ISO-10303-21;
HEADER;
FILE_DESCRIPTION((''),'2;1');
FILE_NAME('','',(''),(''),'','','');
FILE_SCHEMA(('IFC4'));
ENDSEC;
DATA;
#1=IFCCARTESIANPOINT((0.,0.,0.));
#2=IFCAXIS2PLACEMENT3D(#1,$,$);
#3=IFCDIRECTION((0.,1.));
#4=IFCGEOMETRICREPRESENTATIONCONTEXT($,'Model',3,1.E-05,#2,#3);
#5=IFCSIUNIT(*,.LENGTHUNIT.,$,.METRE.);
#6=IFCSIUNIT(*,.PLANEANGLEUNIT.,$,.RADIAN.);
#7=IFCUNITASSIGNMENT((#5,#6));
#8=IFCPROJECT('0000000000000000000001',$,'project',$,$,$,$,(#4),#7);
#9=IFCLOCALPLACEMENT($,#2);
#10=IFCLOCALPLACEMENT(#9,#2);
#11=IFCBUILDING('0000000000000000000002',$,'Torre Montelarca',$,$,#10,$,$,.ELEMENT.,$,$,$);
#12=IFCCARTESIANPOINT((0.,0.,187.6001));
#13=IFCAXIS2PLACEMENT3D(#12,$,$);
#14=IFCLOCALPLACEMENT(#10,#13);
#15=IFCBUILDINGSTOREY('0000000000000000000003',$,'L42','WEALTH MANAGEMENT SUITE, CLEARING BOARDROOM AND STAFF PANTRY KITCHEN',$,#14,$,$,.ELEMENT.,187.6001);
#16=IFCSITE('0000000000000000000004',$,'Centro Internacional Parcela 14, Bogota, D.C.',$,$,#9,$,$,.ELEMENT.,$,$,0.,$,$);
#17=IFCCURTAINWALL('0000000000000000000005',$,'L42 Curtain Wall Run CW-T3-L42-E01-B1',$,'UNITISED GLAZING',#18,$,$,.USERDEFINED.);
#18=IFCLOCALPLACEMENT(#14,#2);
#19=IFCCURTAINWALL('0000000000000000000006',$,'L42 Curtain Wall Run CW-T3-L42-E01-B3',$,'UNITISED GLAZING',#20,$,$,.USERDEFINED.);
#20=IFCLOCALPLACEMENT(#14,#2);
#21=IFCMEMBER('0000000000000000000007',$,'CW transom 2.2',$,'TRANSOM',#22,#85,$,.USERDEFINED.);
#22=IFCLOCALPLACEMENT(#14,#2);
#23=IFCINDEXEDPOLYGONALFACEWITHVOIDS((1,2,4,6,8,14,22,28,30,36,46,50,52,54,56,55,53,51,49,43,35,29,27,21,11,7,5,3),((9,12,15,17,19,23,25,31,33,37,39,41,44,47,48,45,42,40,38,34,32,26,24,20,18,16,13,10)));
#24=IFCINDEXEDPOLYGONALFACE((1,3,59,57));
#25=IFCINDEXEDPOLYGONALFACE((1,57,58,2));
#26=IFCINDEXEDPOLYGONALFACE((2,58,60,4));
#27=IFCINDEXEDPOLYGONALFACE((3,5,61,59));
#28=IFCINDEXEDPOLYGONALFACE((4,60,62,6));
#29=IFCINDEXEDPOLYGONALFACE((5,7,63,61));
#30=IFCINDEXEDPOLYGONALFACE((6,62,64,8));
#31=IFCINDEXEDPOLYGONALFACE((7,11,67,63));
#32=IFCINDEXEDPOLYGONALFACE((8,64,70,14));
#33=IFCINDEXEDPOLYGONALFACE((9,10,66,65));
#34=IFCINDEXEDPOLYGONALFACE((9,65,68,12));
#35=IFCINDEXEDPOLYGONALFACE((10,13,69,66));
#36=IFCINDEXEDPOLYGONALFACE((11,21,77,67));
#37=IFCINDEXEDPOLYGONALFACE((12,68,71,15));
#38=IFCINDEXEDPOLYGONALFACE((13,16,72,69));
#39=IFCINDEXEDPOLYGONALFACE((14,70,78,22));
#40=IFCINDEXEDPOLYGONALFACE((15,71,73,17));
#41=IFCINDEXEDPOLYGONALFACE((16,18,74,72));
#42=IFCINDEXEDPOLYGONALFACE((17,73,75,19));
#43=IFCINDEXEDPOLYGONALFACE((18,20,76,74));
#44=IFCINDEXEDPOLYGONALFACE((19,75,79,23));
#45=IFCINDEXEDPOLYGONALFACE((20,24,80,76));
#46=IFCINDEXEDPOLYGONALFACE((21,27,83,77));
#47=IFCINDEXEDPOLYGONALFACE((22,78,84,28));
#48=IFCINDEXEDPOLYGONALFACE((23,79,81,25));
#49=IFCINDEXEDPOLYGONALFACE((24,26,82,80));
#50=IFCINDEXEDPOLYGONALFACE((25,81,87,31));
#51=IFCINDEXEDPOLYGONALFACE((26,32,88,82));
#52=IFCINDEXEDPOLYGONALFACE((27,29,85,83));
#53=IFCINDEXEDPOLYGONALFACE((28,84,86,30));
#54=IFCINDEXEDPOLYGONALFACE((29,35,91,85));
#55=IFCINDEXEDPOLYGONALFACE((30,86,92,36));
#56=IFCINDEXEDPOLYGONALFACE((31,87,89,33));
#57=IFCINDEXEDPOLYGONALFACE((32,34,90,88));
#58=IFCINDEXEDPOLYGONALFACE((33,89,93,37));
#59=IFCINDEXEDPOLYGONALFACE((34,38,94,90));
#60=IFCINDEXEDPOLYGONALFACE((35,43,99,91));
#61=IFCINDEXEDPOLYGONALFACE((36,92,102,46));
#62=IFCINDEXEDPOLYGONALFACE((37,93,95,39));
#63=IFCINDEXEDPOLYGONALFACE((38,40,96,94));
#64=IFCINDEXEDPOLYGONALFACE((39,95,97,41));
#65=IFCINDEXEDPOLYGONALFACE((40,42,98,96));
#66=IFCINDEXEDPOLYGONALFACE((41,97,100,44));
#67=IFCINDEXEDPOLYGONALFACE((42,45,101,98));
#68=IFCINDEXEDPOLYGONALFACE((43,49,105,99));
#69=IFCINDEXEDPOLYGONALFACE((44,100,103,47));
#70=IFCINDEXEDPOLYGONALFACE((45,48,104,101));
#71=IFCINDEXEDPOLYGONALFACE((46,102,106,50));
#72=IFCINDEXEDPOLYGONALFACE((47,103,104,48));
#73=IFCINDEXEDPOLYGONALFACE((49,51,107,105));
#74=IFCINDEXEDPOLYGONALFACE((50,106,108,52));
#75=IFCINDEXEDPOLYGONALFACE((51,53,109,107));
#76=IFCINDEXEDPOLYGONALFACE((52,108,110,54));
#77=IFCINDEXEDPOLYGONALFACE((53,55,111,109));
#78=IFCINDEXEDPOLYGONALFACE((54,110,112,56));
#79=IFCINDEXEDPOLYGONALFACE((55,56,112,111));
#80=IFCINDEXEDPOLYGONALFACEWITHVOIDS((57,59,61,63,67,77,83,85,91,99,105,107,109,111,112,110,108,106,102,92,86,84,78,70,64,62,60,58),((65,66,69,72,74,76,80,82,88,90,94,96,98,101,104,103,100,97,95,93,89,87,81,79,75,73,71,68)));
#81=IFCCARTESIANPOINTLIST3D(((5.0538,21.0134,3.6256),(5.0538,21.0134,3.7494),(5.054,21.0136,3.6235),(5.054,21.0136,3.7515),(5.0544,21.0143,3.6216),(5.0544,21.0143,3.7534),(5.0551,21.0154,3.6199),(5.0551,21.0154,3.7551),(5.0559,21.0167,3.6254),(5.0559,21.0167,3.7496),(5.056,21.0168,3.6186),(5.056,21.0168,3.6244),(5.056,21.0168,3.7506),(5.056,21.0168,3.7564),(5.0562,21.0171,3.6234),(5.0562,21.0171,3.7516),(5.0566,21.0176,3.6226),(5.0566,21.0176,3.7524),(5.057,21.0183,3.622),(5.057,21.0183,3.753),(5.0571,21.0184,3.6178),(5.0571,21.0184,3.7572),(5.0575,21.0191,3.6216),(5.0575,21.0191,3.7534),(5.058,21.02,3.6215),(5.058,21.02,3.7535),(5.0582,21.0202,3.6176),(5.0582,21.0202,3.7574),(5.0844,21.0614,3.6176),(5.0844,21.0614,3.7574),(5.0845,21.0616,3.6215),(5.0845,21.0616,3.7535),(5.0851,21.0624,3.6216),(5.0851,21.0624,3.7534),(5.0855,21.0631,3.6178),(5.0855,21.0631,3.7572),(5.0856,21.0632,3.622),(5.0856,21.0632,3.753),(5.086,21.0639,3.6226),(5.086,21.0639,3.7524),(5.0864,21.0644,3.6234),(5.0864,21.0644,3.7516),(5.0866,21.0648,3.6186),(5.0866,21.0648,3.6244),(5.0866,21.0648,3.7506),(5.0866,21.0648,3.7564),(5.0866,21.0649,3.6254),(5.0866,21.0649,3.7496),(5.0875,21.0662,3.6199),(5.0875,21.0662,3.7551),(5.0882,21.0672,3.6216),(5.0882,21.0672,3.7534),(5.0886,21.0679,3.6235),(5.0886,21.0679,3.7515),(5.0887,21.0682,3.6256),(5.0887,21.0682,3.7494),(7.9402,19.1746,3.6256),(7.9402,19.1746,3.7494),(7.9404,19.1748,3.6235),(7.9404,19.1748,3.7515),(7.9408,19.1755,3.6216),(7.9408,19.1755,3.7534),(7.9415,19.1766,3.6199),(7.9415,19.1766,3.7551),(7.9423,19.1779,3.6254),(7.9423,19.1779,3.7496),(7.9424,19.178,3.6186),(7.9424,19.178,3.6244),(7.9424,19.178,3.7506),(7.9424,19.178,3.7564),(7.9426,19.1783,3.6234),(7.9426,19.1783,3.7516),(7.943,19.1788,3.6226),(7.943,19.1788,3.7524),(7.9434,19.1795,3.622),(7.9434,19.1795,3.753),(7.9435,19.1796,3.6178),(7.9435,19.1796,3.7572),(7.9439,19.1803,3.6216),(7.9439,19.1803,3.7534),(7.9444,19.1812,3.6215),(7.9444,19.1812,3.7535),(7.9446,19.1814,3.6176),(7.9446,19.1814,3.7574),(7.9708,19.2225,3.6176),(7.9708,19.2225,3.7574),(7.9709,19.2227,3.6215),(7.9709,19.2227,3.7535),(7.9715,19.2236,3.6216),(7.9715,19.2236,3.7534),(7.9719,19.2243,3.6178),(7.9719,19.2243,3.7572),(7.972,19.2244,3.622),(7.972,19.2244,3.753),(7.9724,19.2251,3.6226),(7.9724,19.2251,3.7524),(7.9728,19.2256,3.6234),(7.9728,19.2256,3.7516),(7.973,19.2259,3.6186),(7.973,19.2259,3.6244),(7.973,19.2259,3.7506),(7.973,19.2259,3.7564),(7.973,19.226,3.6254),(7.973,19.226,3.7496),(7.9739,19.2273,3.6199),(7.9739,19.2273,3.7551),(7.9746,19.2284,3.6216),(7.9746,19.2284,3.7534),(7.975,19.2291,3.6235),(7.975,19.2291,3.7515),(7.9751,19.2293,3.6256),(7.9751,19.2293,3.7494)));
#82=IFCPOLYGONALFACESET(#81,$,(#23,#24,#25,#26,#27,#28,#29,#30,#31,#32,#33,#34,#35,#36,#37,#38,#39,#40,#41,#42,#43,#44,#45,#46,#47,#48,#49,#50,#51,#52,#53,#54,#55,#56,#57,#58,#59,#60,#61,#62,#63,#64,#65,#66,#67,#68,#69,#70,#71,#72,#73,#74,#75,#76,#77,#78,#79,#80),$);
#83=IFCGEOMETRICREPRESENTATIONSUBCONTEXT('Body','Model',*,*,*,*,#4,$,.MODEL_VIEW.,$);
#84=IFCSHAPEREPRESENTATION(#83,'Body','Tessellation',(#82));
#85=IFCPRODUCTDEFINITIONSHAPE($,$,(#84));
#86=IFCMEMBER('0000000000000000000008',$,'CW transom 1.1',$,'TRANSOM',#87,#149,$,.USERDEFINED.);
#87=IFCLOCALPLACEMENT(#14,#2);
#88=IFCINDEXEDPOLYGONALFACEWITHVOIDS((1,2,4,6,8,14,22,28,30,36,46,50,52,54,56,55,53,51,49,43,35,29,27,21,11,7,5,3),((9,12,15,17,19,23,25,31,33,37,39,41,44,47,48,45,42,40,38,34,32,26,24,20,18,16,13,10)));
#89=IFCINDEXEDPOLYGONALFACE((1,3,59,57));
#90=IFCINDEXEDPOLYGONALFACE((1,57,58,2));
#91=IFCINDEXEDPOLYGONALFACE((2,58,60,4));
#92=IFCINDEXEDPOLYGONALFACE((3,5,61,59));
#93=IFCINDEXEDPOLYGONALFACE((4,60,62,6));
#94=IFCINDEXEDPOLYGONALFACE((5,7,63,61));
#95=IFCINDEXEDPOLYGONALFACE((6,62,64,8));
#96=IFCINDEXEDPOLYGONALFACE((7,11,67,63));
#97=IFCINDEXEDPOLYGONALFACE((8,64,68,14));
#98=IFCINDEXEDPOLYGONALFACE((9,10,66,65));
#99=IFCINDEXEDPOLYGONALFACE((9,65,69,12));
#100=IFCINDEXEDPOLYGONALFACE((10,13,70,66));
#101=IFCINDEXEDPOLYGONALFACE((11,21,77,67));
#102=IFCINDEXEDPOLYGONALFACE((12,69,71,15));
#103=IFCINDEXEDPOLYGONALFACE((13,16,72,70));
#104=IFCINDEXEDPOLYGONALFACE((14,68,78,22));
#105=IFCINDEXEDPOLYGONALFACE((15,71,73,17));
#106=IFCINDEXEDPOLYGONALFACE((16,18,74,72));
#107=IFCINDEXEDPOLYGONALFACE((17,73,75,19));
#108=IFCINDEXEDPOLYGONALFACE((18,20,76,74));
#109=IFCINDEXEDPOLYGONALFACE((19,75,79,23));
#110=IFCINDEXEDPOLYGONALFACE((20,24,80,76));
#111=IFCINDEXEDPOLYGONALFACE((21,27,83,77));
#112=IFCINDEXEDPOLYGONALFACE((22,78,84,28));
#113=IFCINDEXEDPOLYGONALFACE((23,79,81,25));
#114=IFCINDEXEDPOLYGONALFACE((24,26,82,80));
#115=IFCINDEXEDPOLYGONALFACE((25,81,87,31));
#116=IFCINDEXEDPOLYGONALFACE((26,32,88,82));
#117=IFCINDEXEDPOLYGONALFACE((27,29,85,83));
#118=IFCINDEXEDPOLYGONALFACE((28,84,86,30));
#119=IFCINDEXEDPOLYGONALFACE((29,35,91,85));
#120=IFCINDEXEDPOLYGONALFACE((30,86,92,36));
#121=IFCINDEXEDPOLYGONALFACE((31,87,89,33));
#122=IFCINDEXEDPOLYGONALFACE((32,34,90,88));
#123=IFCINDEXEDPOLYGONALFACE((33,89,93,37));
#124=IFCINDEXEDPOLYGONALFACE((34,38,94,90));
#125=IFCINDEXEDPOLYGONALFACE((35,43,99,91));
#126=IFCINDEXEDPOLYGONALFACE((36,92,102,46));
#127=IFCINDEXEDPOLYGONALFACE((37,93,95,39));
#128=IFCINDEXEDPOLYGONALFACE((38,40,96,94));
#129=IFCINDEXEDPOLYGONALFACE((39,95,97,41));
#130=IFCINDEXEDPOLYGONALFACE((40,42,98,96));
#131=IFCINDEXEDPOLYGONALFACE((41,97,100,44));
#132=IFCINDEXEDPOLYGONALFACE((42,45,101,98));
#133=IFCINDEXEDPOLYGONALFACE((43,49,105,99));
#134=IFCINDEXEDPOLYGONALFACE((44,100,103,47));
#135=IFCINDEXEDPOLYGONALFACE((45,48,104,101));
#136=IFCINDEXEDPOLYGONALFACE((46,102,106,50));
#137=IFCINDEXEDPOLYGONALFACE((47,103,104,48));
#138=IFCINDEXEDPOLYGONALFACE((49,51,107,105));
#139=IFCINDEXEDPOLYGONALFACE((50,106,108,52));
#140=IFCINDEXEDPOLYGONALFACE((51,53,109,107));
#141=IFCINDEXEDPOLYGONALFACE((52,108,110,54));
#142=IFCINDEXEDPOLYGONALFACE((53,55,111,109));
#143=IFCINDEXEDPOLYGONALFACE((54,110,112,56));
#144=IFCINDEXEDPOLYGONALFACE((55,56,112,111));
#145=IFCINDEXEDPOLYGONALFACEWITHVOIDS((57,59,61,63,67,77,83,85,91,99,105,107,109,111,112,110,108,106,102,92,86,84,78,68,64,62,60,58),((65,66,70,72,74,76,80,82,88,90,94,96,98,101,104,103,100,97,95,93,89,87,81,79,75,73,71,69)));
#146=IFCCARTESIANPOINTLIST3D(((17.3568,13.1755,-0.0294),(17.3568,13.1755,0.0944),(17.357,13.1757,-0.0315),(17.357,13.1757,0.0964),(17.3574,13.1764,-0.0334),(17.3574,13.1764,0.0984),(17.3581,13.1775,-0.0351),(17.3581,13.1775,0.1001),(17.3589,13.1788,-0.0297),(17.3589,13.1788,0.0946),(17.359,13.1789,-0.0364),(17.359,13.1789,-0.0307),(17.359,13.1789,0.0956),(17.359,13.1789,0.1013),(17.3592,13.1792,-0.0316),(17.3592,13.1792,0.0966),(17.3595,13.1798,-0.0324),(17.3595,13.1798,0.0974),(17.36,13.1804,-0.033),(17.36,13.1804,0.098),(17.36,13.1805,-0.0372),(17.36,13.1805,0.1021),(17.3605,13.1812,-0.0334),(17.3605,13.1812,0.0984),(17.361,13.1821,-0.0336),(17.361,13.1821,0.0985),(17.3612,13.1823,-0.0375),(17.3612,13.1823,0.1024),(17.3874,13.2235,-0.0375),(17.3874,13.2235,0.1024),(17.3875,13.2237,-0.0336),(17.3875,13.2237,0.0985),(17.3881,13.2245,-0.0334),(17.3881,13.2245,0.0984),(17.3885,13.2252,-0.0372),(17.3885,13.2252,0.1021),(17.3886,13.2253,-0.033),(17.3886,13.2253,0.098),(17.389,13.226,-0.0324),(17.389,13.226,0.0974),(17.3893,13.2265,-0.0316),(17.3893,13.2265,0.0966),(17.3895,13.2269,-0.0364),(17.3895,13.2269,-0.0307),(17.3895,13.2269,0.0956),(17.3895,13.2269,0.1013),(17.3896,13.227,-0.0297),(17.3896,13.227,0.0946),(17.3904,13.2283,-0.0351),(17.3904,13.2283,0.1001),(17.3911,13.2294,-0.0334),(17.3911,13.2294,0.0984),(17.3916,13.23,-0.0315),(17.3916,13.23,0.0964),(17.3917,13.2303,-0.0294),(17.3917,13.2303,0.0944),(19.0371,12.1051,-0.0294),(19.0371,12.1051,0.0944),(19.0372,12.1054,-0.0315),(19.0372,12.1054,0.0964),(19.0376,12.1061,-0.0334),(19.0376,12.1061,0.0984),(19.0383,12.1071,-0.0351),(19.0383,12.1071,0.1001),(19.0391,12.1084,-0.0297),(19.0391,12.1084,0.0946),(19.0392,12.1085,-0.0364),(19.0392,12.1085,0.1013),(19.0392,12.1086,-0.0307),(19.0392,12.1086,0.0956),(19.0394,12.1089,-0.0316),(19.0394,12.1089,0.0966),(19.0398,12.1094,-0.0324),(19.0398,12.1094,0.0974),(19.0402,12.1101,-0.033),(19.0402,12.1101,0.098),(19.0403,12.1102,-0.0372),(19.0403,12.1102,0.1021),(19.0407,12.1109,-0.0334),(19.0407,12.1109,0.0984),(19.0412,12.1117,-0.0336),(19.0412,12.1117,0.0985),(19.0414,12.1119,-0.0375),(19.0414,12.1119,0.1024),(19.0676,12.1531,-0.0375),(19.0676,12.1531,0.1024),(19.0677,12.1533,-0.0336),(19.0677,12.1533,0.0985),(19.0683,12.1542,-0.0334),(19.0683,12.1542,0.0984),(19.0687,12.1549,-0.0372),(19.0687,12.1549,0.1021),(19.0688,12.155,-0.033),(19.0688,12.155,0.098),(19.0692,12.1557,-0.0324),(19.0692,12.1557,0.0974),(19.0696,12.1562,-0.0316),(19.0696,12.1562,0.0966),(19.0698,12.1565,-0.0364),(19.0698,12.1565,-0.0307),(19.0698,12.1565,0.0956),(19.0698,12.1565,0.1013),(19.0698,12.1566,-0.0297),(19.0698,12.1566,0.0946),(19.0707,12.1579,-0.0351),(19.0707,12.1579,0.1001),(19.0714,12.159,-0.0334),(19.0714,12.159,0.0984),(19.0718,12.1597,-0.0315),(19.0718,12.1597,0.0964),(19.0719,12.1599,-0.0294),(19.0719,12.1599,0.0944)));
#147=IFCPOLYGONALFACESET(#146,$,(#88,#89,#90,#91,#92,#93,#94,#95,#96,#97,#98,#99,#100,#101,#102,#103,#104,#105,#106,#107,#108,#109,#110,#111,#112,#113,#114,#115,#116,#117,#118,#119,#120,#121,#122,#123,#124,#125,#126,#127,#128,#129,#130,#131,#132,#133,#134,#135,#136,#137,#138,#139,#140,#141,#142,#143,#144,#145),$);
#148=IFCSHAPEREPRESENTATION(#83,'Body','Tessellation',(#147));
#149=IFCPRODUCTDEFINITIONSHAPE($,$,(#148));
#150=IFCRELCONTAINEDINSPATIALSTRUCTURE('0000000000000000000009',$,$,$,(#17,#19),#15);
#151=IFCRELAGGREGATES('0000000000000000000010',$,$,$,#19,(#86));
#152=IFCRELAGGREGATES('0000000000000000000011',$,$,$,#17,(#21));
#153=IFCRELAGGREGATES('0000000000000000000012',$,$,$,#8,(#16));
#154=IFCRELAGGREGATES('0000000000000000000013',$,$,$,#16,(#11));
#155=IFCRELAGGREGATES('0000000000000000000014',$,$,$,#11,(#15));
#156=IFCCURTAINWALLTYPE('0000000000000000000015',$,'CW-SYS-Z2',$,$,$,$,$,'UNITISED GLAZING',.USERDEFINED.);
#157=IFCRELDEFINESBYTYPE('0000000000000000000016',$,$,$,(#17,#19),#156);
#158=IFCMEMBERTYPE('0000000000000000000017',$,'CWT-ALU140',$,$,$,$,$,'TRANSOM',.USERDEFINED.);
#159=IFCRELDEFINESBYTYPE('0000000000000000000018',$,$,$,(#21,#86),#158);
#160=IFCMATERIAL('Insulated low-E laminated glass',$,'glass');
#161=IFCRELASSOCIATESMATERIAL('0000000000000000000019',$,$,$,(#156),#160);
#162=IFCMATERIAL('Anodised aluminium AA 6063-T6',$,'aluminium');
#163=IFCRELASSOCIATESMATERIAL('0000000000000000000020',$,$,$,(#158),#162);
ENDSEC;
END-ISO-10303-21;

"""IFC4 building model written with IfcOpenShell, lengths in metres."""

from ifc_helpers import new_model, si_unit, direction, frame, origin, origin_2d, place, context, subcontext, project, spatial, hollow_rectangle, extrude, source, transform, mapped, material, material_profile, profile_set, type_object, element, aggregate, save


model = new_model("IFC4")

# Units and contexts
model_context = context("Model", 3, precision=1e-05, world=origin(), true_north=direction((0.0, 1.0)))
body_context = subcontext(model_context, "Body", "Model", "MODEL_VIEW")
ifc_project = project(units=[si_unit("LENGTHUNIT", "METRE"), si_unit("PLANEANGLEUNIT", "RADIAN")], contexts=[model_context])

# Site, building, storey
site_placement = place(None, origin())
site = spatial("IfcSite", under=ifc_project, at=site_placement, Name="Centro Internacional Parcela 14, Bogota, D.C.", CompositionType="ELEMENT", RefElevation=0.0)
building_placement = place(site_placement, origin())
building = spatial("IfcBuilding", under=site, at=building_placement, Name="Torre Montelarca", CompositionType="ELEMENT")
storey_placement = place(building_placement, frame((0.0, 0.0, 187.6001)))
storey = spatial("IfcBuildingStorey", under=building, at=storey_placement, Name="L42", Description="WEALTH MANAGEMENT SUITE, CLEARING BOARDROOM AND STAFF PANTRY KITCHEN", CompositionType="ELEMENT", Elevation=187.6001)

# Curtain wall
ifc_material_1 = material(Name="Insulated low-E laminated glass", Category="glass")
curtain_wall_type = type_object("IfcCurtainWallType", Name="CW-SYS-Z2", ElementType="UNITISED GLAZING", PredefinedType="USERDEFINED", material=ifc_material_1)
curtain_wall_1_placement = place(storey_placement, origin())
curtain_wall_1 = element("IfcCurtainWall", 1, at=curtain_wall_1_placement, inside=storey, type_object=curtain_wall_type, Name="L42 Curtain Wall Run CW-T3-L42-E01-B1", ObjectType="UNITISED GLAZING", PredefinedType="USERDEFINED")
ifc_material_2 = material(Name="Anodised aluminium AA 6063-T6", Category="aluminium")

# Curtain wall
curtain_wall_2_placement = place(storey_placement, origin())
curtain_wall_2 = element("IfcCurtainWall", 2, at=curtain_wall_2_placement, inside=storey, type_object=curtain_wall_type, Name="L42 Curtain Wall Run CW-T3-L42-E01-B3", ObjectType="UNITISED GLAZING", PredefinedType="USERDEFINED")

# Members
ifc_material_profile_1 = material_profile(ifc_material_2, hollow_rectangle(XDim=0.0649, YDim=0.1399, WallThickness=0.0039, InnerFilletRadius=0.0039, OuterFilletRadius=0.0081, at=origin_2d()), Name="ALU65X140X4", Category="aluminium")
ifc_profile_set_1 = profile_set([ifc_material_profile_1], Name="Anodised aluminium AA 6063-T6")
member_type_1 = type_object("IfcMemberType", Name="CWT-ALU140", ElementType="TRANSOM", PredefinedType="USERDEFINED", material=ifc_profile_set_1)
shared_shape_1 = source(origin(), body_context, "Body", "SweptSolid", [
    extrude(hollow_rectangle(XDim=0.0649, YDim=0.1399, WallThickness=0.0039, InnerFilletRadius=0.0039, OuterFilletRadius=0.0081, at=origin_2d()), origin(), (0.0, 0.0, 1.0), 3.4224),
])
member_1_placement = place(storey_placement, frame((5.0713, 21.0408, 3.6875), z_axis=(0.843394, -0.537295, 0.0), x_axis=(0.537295, 0.843394, 0.0)))
member_1 = element("IfcMember", 3, at=member_1_placement, type_object=member_type_1, Name="CW transom 2.2", ObjectType="TRANSOM", PredefinedType="USERDEFINED", context=body_context, shape_type="MappedRepresentation", body=[
    mapped(shared_shape_1, transform((0.0, 0.0, 0.0), scale=1.0)),
])
shared_shape_2 = source(origin(), body_context, "Body", "SweptSolid", [
    extrude(hollow_rectangle(XDim=0.0649, YDim=0.1399, WallThickness=0.0039, InnerFilletRadius=0.0039, OuterFilletRadius=0.0081, at=origin_2d()), origin(), (0.0, 0.0, 1.0), 1.9922),
])
member_2_placement = place(storey_placement, frame((17.3743, 13.2029, 0.0325), z_axis=(0.843409, -0.537272, 0.0), x_axis=(0.537272, 0.843409, 0.0)))
member_2 = element("IfcMember", 4, at=member_2_placement, type_object=member_type_1, Name="CW transom 1.1", ObjectType="TRANSOM", PredefinedType="USERDEFINED", context=body_context, shape_type="MappedRepresentation", body=[
    mapped(shared_shape_2, transform((0.0, 0.0, 0.0), scale=1.0)),
])

aggregate(curtain_wall_2, [member_2])
aggregate(curtain_wall_1, [member_1])

save(model, "model.ifc")
